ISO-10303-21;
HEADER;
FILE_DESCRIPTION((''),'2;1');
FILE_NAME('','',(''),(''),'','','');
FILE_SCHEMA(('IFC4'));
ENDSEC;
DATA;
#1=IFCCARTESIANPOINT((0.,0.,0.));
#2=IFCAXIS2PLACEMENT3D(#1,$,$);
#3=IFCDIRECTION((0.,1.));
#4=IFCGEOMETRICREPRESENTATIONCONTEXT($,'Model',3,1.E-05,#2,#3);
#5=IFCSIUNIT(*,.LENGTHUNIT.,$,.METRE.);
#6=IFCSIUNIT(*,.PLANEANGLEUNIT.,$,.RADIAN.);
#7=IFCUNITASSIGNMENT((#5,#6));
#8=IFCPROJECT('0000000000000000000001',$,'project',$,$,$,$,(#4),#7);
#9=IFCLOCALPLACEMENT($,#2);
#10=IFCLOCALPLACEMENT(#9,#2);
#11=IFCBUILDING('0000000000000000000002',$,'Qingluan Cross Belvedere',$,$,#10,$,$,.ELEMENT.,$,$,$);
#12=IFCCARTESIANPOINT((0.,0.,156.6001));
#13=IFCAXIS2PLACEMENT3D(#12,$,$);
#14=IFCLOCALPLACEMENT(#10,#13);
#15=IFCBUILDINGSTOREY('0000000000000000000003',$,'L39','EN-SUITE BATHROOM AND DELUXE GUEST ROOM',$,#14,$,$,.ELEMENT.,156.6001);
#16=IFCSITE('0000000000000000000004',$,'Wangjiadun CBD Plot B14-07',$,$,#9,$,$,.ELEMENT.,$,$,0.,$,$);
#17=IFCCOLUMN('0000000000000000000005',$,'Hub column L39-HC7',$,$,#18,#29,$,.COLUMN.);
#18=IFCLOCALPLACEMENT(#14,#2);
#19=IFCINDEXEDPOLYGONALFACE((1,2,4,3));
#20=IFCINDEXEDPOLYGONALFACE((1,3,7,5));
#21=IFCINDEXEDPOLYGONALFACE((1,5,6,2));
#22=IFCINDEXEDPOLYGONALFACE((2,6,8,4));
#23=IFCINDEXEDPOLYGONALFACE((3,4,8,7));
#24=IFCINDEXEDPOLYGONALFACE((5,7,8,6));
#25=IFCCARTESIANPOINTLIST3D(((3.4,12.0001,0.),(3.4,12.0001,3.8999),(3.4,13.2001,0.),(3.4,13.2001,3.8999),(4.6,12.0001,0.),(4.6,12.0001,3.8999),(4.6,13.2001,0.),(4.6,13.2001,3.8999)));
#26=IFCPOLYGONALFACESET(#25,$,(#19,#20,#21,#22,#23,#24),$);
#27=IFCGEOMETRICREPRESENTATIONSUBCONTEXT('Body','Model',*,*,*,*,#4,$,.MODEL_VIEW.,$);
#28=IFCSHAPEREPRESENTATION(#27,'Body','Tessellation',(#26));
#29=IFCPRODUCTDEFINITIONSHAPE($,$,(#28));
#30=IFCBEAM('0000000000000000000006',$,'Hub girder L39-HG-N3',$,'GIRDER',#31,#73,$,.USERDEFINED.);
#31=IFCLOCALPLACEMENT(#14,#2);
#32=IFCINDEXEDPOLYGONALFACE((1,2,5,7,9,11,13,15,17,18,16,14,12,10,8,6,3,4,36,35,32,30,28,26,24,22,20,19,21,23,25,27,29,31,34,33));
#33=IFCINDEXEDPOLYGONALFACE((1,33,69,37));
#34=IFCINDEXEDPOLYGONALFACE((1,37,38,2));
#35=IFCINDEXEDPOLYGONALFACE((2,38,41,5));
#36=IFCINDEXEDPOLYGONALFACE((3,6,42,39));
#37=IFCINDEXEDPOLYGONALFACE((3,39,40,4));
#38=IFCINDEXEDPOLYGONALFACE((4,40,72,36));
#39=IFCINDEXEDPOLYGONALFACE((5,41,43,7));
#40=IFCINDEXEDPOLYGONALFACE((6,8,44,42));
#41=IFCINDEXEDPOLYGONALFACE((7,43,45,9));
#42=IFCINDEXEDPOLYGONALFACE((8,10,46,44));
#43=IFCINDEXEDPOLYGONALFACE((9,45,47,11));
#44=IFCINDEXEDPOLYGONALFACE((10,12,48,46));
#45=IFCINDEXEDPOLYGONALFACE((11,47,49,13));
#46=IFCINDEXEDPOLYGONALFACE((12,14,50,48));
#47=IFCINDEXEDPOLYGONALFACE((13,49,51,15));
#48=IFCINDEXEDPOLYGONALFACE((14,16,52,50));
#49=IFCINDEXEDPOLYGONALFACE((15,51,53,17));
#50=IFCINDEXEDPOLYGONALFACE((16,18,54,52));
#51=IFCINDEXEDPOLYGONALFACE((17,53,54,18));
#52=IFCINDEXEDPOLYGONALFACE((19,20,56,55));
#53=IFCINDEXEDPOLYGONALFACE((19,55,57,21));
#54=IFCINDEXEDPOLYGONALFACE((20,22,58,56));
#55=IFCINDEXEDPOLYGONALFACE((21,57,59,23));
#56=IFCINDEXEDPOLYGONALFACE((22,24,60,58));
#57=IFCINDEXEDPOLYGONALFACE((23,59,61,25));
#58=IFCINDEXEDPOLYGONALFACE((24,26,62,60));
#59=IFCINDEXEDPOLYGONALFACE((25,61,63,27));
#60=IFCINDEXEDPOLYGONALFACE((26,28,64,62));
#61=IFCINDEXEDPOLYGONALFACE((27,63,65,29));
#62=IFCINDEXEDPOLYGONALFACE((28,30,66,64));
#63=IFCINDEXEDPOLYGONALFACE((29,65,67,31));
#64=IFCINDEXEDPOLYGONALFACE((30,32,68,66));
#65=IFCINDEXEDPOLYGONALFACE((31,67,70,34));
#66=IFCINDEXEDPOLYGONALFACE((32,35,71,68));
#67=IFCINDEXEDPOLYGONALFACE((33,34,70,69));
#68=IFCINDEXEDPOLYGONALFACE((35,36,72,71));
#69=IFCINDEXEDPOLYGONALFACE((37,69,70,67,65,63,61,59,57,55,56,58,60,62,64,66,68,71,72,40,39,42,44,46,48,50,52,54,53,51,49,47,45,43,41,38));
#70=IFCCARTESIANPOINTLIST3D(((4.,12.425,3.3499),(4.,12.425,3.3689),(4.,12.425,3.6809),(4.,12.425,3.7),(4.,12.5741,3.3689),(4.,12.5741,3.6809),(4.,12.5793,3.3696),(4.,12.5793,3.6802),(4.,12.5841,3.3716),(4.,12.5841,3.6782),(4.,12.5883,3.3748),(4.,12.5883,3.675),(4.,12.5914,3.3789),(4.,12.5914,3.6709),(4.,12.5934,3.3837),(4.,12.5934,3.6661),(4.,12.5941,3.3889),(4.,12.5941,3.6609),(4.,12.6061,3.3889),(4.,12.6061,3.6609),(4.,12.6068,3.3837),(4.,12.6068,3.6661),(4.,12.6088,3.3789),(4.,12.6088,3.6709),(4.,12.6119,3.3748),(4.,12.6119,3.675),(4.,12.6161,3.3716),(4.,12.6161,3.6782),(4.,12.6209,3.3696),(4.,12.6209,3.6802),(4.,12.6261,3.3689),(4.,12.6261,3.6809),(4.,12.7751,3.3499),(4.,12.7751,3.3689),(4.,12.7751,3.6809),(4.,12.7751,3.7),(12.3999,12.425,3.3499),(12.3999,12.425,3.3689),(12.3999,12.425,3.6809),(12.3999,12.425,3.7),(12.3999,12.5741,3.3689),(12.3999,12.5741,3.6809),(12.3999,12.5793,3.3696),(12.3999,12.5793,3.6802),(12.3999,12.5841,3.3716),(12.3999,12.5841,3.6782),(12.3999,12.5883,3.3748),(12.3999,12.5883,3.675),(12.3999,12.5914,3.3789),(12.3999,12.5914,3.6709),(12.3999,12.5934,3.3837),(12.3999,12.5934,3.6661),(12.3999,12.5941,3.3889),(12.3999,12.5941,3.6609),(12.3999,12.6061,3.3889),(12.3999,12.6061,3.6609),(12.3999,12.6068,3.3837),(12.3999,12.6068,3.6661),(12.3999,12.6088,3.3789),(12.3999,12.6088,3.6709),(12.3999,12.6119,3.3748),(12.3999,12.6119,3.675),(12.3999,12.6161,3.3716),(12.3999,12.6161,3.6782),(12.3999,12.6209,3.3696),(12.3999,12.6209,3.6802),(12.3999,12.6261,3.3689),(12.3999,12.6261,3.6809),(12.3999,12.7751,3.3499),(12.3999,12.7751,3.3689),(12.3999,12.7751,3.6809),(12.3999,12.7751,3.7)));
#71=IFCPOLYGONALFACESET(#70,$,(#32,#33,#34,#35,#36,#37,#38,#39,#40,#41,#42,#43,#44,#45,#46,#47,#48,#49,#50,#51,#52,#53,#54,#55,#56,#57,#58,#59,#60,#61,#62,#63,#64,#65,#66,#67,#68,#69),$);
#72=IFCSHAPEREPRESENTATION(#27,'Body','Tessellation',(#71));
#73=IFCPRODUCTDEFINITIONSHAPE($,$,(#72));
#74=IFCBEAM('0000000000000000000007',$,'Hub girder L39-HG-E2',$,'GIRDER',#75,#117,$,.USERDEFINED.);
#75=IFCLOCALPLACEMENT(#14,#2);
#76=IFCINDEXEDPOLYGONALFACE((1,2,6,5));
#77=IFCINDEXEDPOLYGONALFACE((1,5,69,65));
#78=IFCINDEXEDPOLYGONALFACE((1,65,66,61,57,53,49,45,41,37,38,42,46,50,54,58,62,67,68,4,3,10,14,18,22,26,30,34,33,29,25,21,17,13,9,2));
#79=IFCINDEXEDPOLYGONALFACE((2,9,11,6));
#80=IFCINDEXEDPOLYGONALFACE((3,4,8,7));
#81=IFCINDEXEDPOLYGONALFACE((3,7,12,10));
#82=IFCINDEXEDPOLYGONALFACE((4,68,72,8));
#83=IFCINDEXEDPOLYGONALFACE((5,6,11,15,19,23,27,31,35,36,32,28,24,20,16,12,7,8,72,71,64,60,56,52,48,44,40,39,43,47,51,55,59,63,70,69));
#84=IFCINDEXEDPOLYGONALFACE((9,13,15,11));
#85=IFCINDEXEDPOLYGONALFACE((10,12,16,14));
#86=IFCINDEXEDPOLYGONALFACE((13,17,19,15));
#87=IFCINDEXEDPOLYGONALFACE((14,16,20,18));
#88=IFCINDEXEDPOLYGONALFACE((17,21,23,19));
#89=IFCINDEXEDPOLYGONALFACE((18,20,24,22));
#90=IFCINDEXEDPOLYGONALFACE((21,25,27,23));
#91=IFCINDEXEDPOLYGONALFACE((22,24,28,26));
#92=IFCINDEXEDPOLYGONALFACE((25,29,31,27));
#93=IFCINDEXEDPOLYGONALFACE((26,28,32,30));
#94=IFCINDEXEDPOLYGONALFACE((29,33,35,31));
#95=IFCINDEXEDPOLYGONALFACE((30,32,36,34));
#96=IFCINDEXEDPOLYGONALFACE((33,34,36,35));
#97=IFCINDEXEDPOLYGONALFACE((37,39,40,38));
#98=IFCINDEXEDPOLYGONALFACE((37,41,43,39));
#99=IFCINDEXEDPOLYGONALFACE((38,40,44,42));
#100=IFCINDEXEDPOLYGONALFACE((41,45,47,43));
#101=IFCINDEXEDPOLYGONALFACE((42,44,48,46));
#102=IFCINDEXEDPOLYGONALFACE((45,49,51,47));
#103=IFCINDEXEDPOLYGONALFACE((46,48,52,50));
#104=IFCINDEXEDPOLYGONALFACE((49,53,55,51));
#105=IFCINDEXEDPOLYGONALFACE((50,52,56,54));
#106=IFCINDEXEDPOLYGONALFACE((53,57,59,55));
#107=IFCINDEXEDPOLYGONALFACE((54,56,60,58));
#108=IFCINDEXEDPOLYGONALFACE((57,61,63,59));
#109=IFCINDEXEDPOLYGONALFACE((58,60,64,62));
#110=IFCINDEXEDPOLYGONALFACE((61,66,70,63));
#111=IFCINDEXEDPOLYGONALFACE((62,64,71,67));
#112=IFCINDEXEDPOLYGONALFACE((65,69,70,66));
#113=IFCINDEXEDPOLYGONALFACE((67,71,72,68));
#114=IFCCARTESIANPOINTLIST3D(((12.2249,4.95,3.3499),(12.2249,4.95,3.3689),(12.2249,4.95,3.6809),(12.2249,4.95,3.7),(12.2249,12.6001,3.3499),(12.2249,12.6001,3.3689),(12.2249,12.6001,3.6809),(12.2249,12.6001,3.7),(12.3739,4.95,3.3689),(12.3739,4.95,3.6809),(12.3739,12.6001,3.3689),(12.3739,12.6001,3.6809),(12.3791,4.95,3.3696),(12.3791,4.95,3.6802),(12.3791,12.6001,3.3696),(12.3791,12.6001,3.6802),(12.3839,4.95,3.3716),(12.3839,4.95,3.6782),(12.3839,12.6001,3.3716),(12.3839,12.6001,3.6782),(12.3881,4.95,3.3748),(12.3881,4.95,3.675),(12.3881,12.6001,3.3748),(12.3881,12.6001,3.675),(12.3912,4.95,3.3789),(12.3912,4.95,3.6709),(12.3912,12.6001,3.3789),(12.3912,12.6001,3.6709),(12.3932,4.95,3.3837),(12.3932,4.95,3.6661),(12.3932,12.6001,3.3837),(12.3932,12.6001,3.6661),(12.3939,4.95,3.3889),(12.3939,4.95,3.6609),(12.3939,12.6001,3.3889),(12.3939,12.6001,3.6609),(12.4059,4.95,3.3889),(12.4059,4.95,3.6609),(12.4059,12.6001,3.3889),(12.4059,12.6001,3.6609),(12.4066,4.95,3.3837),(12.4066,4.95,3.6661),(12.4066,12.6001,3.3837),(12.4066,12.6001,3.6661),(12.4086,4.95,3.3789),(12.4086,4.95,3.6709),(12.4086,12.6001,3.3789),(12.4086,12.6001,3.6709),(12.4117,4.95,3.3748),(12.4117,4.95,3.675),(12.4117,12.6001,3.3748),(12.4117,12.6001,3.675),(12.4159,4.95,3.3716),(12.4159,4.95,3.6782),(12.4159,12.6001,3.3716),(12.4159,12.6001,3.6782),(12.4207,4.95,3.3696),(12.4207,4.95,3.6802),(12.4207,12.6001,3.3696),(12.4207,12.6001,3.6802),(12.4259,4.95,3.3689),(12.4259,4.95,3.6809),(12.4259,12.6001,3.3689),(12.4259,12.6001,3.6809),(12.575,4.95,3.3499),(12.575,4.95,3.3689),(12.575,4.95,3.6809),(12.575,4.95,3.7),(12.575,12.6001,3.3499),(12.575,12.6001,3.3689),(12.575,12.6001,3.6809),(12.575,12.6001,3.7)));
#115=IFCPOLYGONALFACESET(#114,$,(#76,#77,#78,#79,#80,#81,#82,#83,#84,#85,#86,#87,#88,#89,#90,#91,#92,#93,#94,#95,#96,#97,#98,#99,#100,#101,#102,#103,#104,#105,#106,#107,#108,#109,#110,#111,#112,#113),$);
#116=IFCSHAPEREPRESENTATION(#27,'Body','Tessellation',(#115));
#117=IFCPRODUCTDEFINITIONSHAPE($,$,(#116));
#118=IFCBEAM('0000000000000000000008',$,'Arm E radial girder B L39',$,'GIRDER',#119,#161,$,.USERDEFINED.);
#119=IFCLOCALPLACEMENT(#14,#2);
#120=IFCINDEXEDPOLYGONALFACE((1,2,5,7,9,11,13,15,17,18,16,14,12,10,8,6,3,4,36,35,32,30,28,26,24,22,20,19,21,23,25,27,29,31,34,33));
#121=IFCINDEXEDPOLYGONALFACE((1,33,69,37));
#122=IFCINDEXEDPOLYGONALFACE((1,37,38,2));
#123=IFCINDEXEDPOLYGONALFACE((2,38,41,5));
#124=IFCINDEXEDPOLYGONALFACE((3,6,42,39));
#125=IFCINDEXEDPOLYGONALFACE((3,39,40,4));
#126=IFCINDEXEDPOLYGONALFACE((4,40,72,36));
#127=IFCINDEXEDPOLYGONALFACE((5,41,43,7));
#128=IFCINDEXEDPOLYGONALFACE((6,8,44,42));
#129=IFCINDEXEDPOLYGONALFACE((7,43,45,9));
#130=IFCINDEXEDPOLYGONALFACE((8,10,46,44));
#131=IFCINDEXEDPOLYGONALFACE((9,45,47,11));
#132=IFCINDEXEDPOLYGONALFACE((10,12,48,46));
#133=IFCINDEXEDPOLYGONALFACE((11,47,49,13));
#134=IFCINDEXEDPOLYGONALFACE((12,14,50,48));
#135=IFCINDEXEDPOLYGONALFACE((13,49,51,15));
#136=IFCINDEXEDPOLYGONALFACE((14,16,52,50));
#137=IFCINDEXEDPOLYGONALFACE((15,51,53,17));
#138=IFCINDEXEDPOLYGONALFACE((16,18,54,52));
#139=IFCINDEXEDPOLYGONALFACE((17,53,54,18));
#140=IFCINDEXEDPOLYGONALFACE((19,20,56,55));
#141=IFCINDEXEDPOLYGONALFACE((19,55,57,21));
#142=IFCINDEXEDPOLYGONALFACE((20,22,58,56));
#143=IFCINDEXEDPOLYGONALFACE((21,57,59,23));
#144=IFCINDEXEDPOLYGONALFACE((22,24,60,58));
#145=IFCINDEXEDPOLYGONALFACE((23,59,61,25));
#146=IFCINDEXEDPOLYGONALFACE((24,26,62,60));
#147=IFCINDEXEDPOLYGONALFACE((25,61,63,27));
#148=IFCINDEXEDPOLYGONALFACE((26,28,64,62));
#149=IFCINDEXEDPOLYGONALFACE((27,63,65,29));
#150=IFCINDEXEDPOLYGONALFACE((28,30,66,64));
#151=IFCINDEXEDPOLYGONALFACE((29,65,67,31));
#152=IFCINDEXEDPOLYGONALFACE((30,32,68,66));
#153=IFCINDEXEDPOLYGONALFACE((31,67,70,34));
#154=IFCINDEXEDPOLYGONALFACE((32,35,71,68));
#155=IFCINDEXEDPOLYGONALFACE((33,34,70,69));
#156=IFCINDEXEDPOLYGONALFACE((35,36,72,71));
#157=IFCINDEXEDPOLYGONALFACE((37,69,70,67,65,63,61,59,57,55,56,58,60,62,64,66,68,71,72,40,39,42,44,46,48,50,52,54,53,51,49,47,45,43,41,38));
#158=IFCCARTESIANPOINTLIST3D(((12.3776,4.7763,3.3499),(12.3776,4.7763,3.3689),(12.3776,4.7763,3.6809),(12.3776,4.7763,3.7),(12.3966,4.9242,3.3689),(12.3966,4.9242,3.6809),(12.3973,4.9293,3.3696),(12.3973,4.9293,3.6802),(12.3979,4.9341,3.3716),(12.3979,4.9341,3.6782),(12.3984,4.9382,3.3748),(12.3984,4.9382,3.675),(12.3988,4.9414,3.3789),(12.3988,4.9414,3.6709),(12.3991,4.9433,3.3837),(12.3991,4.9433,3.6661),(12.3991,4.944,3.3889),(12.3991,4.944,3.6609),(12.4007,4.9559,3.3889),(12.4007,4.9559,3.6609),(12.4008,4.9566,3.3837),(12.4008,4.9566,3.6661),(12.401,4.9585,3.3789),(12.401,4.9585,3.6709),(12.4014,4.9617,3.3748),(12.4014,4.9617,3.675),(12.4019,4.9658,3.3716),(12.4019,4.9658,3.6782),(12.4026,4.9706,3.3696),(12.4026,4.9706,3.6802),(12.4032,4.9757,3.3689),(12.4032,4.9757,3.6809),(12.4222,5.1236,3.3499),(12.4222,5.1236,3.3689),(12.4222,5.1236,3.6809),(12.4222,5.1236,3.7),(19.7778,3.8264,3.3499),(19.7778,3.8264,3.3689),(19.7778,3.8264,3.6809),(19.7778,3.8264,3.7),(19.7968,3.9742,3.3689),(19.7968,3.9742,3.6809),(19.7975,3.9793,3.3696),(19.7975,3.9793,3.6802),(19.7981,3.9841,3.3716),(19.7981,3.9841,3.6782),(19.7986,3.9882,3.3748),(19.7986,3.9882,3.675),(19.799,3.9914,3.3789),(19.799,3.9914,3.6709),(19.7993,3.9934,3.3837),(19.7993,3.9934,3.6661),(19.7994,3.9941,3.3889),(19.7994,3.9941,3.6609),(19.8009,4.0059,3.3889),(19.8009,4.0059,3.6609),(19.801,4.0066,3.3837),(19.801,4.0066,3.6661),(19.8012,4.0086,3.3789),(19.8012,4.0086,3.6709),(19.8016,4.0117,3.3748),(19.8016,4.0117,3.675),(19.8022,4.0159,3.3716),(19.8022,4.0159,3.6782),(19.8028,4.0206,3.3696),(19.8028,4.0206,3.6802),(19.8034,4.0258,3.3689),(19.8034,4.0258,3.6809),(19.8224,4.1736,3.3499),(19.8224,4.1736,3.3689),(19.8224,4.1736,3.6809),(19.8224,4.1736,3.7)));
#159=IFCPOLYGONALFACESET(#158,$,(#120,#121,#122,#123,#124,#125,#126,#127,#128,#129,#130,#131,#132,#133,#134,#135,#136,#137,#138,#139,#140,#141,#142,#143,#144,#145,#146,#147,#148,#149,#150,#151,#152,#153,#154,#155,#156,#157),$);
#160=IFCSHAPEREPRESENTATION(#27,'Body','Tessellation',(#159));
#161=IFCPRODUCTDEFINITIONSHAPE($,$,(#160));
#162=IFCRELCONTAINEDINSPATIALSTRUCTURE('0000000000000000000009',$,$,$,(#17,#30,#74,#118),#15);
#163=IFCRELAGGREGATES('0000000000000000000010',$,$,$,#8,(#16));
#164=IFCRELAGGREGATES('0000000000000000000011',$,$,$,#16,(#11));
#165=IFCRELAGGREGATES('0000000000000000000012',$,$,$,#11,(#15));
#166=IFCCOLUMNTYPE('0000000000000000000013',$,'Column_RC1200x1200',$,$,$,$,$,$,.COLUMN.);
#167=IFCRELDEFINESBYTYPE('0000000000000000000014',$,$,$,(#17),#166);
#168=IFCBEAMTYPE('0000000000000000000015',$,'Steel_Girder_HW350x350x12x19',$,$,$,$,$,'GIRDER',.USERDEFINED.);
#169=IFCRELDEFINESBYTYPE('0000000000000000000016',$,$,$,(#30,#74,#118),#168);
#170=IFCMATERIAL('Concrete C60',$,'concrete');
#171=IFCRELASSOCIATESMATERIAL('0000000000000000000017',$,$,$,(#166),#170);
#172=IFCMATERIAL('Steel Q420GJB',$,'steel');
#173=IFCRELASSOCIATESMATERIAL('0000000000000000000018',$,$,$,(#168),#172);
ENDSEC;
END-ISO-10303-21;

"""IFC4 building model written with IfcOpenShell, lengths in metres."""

from ifc_helpers import new_model, si_unit, direction, frame, origin, origin_2d, place, context, subcontext, project, spatial, rectangle, i_section, extrude, material, material_profile, profile_set, type_object, element, save


model = new_model("IFC4")

# Units and contexts
model_context = context("Model", 3, precision=1e-05, world=origin(), true_north=direction((0.0, 1.0)))
body_context = subcontext(model_context, "Body", "Model", "MODEL_VIEW")
ifc_project = project(units=[si_unit("LENGTHUNIT", "METRE"), si_unit("PLANEANGLEUNIT", "RADIAN")], contexts=[model_context])

# Site, building, storey
site_placement = place(None, origin())
site = spatial("IfcSite", under=ifc_project, at=site_placement, Name="Wangjiadun CBD Plot B14-07", CompositionType="ELEMENT", RefElevation=0.0)
building_placement = place(site_placement, origin())
building = spatial("IfcBuilding", under=site, at=building_placement, Name="Qingluan Cross Belvedere", CompositionType="ELEMENT")
storey_placement = place(building_placement, frame((0.0, 0.0, 156.6001)))
storey = spatial("IfcBuildingStorey", under=building, at=storey_placement, Name="L39", Description="EN-SUITE BATHROOM AND DELUXE GUEST ROOM", CompositionType="ELEMENT", Elevation=156.6001)

# Column
ifc_material_1 = material(Name="Concrete C60", Category="concrete")
ifc_material_profile_1 = material_profile(ifc_material_1, rectangle(XDim=1.2, YDim=1.2, at=origin_2d()), Name="RC1200x1200")
ifc_profile_set_1 = profile_set([ifc_material_profile_1], Name="Concrete C60")
column_type = type_object("IfcColumnType", Name="Column_RC1200x1200", PredefinedType="COLUMN", material=ifc_profile_set_1)
column_placement = place(storey_placement, frame((4.0, 12.6001, 0.0), z_axis=(0.0, 0.0, 1.0), x_axis=(1.0, 0.0, 0.0)))
element("IfcColumn", 1, at=column_placement, inside=storey, type_object=column_type, Name="Hub column L39-HC7", PredefinedType="COLUMN", context=body_context, shape_type="SweptSolid", body=[
    extrude(rectangle(XDim=1.2, YDim=1.2, at=origin_2d()), origin(), (0.0, 0.0, 1.0), 3.8999),
])

# Beams
ifc_material_2 = material(Name="Steel Q420GJB", Category="steel")
ifc_material_profile_2 = material_profile(ifc_material_2, i_section(OverallWidth=0.3501, OverallDepth=0.3501, WebThickness=0.012, FlangeThickness=0.019, FilletRadius=0.02, at=origin_2d()), Name="HW350x350x12x19")
ifc_profile_set_2 = profile_set([ifc_material_profile_2], Name="Steel Q420GJB")
beam_type = type_object("IfcBeamType", Name="Steel_Girder_HW350x350x12x19", ElementType="GIRDER", PredefinedType="USERDEFINED", material=ifc_profile_set_2)
beam_1_placement = place(storey_placement, frame((4.0, 12.6001, 3.5249), z_axis=(1.0, 0.0, 0.0), x_axis=(0.0, 1.0, 0.0)))
element("IfcBeam", 2, at=beam_1_placement, inside=storey, type_object=beam_type, Name="Hub girder L39-HG-N3", ObjectType="GIRDER", PredefinedType="USERDEFINED", context=body_context, shape_type="SweptSolid", body=[
    extrude(i_section(OverallWidth=0.3501, OverallDepth=0.3501, WebThickness=0.012, FlangeThickness=0.019, FilletRadius=0.02, at=origin_2d()), origin(), (0.0, 0.0, 1.0), 8.3999),
])
beam_2_placement = place(storey_placement, frame((12.3999, 4.95, 3.5249), z_axis=(0.0, 1.0, 0.0), x_axis=(-1.0, 0.0, 0.0)))
element("IfcBeam", 3, at=beam_2_placement, inside=storey, type_object=beam_type, Name="Hub girder L39-HG-E2", ObjectType="GIRDER", PredefinedType="USERDEFINED", context=body_context, shape_type="SweptSolid", body=[
    extrude(i_section(OverallWidth=0.3501, OverallDepth=0.3501, WebThickness=0.012, FlangeThickness=0.019, FilletRadius=0.02, at=origin_2d()), origin(), (0.0, 0.0, 1.0), 7.6501),
])
beam_3_placement = place(storey_placement, frame((12.3999, 4.95, 3.5249), z_axis=(0.991861, -0.127324, 0.0), x_axis=(0.127324, 0.991861, 0.0)))
element("IfcBeam", 4, at=beam_3_placement, inside=storey, type_object=beam_type, Name="Arm E radial girder B L39", ObjectType="GIRDER", PredefinedType="USERDEFINED", context=body_context, shape_type="SweptSolid", body=[
    extrude(i_section(OverallWidth=0.3501, OverallDepth=0.3501, WebThickness=0.012, FlangeThickness=0.019, FilletRadius=0.02, at=origin_2d()), origin(), (0.0, 0.0, 1.0), 7.4609),
])

save(model, "model.ifc")
